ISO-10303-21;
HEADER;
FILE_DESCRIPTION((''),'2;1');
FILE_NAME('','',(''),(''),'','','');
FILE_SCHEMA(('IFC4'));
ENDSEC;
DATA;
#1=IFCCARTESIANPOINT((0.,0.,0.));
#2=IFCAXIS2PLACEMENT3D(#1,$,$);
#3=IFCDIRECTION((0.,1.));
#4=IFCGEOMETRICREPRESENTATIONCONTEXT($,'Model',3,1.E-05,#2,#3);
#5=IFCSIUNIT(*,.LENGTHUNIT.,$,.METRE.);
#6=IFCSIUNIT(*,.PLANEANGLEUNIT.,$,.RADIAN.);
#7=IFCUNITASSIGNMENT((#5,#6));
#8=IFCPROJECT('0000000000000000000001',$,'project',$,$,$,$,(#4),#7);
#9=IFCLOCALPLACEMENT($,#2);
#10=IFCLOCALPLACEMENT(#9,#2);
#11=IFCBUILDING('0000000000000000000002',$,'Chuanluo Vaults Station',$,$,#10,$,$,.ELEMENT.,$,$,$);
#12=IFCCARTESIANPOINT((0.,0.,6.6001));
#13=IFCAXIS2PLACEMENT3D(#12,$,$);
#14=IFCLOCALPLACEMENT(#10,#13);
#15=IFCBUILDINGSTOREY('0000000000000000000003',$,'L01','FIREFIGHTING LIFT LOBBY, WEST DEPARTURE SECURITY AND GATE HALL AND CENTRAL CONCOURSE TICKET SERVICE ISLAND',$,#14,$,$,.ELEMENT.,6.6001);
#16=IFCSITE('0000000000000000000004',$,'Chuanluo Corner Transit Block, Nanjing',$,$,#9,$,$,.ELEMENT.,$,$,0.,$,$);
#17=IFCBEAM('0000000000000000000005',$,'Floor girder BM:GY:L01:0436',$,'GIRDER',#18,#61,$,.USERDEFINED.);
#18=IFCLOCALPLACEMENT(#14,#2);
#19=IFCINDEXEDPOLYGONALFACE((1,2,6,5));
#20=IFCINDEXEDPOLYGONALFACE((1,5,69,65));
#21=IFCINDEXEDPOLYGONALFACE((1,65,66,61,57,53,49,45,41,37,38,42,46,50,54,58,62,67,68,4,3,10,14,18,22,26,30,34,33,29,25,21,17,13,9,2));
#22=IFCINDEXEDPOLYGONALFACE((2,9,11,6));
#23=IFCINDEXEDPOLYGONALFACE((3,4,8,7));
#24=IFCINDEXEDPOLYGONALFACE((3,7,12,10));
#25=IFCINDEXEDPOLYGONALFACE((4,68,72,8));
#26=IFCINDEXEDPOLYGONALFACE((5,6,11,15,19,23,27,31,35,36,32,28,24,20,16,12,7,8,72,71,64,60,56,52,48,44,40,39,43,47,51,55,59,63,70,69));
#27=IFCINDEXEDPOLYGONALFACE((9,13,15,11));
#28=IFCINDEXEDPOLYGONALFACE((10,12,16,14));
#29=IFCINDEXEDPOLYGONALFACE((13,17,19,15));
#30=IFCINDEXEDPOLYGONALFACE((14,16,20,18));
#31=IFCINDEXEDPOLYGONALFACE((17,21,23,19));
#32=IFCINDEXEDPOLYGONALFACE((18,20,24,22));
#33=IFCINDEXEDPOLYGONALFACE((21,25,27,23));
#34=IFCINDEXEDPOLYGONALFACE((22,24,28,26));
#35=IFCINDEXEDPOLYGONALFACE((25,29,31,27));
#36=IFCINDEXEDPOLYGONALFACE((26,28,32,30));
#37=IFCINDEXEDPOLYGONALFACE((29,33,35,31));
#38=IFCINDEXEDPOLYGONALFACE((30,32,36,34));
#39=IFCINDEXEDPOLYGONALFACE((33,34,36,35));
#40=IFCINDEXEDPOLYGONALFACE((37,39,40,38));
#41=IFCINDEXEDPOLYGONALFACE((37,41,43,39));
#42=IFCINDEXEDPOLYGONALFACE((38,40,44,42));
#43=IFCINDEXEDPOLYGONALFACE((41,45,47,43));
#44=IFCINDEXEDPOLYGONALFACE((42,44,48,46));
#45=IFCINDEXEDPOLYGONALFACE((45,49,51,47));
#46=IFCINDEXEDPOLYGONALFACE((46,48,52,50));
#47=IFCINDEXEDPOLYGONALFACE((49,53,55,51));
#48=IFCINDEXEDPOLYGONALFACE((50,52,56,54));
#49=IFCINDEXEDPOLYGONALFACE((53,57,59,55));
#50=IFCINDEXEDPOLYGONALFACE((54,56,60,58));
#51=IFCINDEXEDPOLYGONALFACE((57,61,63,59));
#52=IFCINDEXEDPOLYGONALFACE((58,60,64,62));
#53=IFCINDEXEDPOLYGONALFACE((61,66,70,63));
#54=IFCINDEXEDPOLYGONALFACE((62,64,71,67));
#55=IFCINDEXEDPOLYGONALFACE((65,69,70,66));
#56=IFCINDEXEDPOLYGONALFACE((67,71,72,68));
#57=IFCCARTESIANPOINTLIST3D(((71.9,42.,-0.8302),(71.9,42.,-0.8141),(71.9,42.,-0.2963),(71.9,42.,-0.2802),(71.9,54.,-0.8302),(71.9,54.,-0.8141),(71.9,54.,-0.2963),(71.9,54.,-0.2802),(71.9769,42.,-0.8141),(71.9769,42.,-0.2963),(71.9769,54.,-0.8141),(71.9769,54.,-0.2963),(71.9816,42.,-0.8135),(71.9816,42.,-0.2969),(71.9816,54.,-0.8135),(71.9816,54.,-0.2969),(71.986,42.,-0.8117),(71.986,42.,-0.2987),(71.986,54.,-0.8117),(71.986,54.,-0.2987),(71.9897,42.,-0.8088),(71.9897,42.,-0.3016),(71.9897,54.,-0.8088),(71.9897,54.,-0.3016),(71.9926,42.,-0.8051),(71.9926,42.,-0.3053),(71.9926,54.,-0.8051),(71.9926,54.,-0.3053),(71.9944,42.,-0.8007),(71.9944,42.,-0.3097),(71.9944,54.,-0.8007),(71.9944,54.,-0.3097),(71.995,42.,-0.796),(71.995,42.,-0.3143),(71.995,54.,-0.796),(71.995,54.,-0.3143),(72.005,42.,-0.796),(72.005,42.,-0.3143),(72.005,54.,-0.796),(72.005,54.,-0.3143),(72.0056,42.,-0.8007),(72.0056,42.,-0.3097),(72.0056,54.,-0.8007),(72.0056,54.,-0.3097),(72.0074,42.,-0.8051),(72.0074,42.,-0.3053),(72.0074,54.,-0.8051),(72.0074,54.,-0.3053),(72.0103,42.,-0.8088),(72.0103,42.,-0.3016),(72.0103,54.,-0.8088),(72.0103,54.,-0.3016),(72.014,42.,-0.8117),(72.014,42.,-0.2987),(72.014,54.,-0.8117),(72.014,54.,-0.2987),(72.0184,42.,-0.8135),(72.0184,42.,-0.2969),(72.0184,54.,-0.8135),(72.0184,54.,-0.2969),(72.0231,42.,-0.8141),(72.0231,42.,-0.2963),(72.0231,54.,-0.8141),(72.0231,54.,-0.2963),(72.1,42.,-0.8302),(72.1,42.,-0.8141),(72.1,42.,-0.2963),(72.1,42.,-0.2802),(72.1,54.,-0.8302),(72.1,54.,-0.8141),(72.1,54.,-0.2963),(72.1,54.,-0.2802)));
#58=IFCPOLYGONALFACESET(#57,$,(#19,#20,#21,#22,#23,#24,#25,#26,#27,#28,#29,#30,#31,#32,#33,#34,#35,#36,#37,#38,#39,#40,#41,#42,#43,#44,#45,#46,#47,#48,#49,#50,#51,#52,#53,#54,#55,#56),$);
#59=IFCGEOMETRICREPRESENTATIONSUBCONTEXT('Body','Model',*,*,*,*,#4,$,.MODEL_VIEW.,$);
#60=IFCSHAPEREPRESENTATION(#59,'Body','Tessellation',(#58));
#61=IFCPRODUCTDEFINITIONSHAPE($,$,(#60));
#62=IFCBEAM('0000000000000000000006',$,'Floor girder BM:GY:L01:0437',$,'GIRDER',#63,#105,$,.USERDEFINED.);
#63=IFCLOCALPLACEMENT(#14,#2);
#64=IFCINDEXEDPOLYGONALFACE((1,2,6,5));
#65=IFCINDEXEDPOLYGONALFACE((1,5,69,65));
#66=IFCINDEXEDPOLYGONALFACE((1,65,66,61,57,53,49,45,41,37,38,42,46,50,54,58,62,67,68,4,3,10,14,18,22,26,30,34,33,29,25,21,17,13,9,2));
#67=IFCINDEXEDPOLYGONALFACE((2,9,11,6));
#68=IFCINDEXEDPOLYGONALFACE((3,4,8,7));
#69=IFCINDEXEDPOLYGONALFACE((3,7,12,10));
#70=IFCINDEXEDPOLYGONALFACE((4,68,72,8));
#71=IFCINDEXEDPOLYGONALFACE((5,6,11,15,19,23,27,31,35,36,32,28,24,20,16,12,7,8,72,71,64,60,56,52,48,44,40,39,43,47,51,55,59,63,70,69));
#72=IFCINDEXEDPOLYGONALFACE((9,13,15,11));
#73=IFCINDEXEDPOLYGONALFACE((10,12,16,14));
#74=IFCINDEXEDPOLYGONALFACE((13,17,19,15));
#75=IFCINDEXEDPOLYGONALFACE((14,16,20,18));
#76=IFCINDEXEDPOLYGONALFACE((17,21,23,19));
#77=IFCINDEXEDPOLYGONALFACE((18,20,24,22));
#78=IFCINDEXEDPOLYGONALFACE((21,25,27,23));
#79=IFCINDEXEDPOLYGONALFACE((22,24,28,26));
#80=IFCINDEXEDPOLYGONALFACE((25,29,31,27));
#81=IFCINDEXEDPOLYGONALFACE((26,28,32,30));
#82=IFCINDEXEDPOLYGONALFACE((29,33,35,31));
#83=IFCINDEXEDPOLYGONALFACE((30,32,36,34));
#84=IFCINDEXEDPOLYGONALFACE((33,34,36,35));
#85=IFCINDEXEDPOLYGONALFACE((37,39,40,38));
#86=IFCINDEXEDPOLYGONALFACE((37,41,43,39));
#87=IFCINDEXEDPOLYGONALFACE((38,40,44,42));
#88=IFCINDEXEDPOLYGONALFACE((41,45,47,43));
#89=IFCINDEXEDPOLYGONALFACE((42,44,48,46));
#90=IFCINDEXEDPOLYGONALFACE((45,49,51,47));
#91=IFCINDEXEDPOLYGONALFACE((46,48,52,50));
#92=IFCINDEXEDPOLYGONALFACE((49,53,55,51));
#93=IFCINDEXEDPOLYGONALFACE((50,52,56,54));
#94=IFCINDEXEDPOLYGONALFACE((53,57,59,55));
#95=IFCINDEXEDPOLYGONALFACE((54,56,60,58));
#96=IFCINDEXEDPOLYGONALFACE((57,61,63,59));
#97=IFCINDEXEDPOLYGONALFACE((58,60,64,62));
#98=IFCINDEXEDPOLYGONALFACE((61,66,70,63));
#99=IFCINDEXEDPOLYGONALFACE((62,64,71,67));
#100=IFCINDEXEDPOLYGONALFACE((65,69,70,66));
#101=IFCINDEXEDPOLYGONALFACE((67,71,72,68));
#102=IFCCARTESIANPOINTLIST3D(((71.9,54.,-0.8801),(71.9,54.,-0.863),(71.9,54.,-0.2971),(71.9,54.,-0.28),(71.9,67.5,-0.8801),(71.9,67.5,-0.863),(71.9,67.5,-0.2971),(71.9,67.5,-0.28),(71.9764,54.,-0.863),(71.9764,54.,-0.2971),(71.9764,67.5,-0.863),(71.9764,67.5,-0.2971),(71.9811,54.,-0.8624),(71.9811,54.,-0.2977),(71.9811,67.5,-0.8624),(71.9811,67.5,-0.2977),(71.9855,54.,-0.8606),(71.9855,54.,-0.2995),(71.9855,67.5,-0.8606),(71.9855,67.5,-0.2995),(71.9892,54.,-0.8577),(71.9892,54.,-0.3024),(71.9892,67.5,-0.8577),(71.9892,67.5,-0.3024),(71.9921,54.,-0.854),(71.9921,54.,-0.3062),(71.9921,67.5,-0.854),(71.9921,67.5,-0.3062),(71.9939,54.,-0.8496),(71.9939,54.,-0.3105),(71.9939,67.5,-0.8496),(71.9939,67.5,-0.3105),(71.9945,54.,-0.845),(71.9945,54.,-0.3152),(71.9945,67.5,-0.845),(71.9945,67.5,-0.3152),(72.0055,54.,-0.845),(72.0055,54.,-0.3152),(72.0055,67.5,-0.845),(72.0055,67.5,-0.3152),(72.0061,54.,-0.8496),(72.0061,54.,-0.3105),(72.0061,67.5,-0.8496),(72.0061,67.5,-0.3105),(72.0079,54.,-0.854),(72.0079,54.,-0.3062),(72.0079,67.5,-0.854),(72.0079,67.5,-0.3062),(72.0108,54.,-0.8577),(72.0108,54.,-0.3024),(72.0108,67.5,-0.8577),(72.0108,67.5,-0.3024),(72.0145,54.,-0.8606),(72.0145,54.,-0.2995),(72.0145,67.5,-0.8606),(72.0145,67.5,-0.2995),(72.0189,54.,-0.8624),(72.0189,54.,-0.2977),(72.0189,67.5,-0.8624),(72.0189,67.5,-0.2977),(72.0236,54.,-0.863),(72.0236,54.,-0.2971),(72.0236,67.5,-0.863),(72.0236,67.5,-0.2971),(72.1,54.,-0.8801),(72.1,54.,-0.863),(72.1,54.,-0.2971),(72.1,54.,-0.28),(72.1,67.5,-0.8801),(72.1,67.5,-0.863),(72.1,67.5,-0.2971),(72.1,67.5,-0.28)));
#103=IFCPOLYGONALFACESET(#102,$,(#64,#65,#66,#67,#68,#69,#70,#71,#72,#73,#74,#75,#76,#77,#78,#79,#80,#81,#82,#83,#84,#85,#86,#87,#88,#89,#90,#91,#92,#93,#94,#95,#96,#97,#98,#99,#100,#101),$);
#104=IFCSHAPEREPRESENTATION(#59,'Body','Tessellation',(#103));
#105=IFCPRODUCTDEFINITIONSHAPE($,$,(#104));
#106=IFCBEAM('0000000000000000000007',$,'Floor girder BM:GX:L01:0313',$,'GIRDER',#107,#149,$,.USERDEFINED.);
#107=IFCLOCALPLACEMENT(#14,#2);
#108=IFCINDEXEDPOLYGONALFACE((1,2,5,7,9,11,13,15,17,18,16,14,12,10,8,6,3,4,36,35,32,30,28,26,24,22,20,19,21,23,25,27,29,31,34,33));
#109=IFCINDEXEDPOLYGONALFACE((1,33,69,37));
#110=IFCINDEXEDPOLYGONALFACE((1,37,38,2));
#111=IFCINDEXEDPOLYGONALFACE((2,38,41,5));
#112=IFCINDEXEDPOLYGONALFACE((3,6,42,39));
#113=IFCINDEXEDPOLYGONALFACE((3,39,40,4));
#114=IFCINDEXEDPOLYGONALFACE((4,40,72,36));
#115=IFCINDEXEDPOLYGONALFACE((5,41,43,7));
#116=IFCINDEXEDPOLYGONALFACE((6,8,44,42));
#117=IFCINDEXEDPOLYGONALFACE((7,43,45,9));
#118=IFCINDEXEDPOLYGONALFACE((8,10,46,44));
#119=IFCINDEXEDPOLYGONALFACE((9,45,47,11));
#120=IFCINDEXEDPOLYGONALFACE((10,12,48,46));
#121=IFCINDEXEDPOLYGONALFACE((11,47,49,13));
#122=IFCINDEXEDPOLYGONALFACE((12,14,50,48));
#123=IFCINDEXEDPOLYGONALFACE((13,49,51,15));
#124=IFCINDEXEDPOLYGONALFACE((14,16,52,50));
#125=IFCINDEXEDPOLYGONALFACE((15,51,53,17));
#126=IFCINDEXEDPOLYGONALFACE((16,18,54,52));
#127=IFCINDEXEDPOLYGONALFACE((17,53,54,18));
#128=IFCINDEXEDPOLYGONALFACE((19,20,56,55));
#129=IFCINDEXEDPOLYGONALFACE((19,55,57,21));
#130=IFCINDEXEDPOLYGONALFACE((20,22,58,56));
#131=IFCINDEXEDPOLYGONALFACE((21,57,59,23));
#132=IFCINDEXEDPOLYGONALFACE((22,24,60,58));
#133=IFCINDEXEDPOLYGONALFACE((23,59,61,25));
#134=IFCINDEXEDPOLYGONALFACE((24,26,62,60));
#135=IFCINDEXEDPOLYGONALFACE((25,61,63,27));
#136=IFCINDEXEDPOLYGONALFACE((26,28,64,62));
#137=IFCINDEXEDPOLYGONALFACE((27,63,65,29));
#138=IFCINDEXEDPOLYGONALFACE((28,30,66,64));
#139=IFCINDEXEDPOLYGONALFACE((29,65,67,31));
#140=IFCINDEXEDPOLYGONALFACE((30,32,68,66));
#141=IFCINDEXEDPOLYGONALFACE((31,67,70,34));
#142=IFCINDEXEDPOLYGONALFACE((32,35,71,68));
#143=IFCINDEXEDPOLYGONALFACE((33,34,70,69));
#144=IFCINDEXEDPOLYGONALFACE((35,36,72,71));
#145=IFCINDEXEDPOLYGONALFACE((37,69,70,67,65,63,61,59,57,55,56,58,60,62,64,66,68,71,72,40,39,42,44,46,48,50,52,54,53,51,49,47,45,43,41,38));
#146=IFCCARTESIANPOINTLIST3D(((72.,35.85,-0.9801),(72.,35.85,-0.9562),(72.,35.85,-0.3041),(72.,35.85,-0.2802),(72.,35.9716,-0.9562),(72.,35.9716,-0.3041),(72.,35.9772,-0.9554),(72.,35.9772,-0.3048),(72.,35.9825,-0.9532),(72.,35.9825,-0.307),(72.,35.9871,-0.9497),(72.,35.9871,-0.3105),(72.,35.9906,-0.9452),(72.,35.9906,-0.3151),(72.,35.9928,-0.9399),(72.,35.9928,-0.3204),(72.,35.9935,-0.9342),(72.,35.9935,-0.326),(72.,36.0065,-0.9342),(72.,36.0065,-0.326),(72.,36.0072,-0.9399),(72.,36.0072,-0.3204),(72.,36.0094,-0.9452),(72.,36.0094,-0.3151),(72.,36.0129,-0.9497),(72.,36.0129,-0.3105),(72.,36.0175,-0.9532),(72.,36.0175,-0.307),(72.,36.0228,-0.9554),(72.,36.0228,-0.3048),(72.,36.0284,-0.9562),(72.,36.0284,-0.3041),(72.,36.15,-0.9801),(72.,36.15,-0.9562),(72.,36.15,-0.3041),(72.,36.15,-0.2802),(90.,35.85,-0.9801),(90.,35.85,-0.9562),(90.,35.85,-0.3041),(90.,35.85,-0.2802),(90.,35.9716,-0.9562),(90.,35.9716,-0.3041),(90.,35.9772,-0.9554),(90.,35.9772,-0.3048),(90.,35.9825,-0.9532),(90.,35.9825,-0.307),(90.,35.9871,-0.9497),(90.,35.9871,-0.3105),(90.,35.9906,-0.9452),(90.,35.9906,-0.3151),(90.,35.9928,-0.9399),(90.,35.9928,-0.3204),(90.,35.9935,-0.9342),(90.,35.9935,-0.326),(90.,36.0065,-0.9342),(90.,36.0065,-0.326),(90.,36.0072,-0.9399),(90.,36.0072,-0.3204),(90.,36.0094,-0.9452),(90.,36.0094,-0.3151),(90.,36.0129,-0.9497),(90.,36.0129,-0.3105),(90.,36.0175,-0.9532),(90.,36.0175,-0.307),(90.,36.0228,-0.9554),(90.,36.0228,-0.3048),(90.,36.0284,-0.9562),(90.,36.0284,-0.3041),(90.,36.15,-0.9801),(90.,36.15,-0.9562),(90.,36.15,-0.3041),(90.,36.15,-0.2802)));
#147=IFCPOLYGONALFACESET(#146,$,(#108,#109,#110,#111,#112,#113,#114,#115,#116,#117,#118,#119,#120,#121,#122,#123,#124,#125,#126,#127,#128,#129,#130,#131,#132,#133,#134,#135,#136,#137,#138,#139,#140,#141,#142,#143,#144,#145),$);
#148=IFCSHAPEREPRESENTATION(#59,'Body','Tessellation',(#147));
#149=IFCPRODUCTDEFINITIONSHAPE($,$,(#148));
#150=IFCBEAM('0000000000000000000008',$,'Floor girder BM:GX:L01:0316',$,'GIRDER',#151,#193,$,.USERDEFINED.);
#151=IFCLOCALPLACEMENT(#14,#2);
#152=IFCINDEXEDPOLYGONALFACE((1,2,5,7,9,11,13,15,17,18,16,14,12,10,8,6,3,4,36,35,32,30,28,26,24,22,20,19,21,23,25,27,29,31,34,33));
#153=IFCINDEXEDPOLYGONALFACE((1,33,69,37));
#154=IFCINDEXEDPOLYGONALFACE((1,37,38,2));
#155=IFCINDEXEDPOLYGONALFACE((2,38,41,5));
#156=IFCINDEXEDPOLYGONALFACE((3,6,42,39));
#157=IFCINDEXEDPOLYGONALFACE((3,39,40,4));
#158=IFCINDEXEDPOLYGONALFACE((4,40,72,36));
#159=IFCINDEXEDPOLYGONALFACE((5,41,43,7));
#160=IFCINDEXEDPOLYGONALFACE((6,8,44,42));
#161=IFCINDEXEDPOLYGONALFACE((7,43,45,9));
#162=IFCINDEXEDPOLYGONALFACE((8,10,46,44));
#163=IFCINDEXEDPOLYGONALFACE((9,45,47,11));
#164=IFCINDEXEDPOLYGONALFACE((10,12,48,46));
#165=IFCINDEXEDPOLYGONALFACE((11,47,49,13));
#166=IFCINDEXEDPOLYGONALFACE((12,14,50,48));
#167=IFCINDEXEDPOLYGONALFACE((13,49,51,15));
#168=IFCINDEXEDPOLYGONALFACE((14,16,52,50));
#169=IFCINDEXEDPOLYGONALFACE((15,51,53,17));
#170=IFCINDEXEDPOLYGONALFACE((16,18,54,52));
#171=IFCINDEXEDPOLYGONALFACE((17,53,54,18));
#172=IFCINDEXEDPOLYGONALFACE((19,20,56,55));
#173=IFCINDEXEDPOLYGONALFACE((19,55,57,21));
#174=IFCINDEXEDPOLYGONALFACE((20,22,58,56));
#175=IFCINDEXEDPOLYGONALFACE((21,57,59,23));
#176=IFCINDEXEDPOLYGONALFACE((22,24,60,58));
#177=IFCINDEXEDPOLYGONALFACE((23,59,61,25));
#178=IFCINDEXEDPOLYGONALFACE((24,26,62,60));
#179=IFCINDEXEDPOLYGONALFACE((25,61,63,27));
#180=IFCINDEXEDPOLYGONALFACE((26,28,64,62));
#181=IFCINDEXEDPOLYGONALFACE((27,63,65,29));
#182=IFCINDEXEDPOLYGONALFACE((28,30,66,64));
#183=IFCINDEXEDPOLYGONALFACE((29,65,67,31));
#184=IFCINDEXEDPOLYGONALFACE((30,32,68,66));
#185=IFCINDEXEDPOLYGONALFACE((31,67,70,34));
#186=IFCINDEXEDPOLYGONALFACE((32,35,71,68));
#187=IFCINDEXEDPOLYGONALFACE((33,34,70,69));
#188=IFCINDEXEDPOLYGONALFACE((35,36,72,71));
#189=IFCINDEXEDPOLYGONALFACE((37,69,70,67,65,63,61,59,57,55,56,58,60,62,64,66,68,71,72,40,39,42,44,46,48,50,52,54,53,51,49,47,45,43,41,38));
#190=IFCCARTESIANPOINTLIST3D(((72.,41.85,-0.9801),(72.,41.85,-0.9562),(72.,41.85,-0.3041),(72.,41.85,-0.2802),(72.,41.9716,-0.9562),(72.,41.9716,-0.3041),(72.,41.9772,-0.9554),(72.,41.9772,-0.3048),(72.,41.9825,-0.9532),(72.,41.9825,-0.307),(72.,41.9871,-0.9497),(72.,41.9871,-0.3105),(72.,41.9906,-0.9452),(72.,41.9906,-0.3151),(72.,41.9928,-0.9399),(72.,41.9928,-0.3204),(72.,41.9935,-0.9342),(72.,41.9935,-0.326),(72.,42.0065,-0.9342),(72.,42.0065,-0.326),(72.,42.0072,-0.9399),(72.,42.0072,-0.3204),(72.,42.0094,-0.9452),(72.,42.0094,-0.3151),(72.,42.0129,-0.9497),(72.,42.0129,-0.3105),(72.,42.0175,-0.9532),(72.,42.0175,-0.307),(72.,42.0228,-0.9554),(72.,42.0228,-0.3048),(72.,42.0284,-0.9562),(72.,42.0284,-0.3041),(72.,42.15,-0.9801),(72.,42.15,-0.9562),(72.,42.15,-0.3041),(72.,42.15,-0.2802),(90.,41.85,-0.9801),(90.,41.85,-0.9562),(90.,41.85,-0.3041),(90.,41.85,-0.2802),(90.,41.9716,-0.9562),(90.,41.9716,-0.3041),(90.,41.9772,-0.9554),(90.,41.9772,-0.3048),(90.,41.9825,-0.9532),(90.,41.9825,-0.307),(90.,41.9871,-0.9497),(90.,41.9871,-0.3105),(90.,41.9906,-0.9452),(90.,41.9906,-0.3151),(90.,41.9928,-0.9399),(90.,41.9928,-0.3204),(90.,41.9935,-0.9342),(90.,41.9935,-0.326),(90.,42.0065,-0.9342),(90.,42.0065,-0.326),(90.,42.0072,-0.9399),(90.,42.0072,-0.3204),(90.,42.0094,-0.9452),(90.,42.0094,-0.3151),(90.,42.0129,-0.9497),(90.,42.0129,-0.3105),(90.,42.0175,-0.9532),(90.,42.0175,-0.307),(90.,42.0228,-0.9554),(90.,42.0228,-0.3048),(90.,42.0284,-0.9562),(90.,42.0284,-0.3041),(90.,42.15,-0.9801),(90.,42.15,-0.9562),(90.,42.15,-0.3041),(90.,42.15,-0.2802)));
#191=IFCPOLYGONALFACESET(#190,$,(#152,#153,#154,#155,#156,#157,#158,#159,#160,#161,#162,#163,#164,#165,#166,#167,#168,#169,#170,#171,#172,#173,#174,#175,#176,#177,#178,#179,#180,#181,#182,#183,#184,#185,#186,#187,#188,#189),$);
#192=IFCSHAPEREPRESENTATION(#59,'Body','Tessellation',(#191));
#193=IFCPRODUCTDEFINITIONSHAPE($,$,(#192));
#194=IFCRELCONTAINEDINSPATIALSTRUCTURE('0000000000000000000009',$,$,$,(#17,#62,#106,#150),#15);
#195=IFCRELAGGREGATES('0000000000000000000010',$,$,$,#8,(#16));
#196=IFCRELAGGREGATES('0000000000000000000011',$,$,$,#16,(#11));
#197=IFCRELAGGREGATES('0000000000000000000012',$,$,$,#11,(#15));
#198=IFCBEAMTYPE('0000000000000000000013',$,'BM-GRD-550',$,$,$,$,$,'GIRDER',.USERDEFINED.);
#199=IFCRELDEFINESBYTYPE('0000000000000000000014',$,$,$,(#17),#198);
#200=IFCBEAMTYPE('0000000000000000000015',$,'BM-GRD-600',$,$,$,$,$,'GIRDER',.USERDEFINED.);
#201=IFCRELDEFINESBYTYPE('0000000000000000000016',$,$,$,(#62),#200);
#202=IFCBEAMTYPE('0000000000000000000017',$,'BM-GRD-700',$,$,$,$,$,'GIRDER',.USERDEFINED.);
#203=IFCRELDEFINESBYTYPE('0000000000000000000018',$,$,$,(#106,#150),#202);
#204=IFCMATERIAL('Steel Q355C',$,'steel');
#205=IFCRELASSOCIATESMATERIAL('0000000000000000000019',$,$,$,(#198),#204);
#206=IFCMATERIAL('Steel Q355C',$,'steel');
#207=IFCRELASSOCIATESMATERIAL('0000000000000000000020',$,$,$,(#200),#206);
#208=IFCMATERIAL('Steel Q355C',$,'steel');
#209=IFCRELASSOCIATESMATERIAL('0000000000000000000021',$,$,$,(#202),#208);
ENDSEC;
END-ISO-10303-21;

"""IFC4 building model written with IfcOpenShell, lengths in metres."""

from ifc_helpers import new_model, si_unit, direction, frame, origin, origin_2d, place, context, subcontext, project, spatial, i_section, extrude, material, material_profile, profile_set, type_object, element, save


model = new_model("IFC4")

# Units and contexts
model_context = context("Model", 3, precision=1e-05, world=origin(), true_north=direction((0.0, 1.0)))
body_context = subcontext(model_context, "Body", "Model", "MODEL_VIEW")
ifc_project = project(units=[si_unit("LENGTHUNIT", "METRE"), si_unit("PLANEANGLEUNIT", "RADIAN")], contexts=[model_context])

# Site, building, storey
site_placement = place(None, origin())
site = spatial("IfcSite", under=ifc_project, at=site_placement, Name="Chuanluo Corner Transit Block, Nanjing", CompositionType="ELEMENT", RefElevation=0.0)
building_placement = place(site_placement, origin())
building = spatial("IfcBuilding", under=site, at=building_placement, Name="Chuanluo Vaults Station", CompositionType="ELEMENT")
storey_placement = place(building_placement, frame((0.0, 0.0, 6.6001)))
storey = spatial("IfcBuildingStorey", under=building, at=storey_placement, Name="L01", Description="FIREFIGHTING LIFT LOBBY, WEST DEPARTURE SECURITY AND GATE HALL AND CENTRAL CONCOURSE TICKET SERVICE ISLAND", CompositionType="ELEMENT", Elevation=6.6001)

# Beams
ifc_material_1 = material(Name="Steel Q355C", Category="steel")
ifc_material_profile_1 = material_profile(ifc_material_1, i_section(OverallWidth=0.2, OverallDepth=0.55, WebThickness=0.01, FlangeThickness=0.0161, FilletRadius=0.0181, at=origin_2d()))
ifc_profile_set_1 = profile_set([ifc_material_profile_1], Name="Steel Q355C")
beam_type_1 = type_object("IfcBeamType", Name="BM-GRD-550", ElementType="GIRDER", PredefinedType="USERDEFINED", material=ifc_profile_set_1)
beam_1_placement = place(storey_placement, frame((72.0, 42.0, -0.5552), z_axis=(0.0, 1.0, 0.0), x_axis=(-1.0, 0.0, 0.0)))
element("IfcBeam", 1, at=beam_1_placement, inside=storey, type_object=beam_type_1, Name="Floor girder BM:GY:L01:0436", ObjectType="GIRDER", PredefinedType="USERDEFINED", context=body_context, shape_type="SweptSolid", body=[
    extrude(i_section(OverallWidth=0.2, OverallDepth=0.55, WebThickness=0.01, FlangeThickness=0.0161, FilletRadius=0.0181, at=origin_2d()), origin(), (0.0, 0.0, 1.0), 12.0),
])
ifc_material_2 = material(Name="Steel Q355C", Category="steel")
ifc_material_profile_2 = material_profile(ifc_material_2, i_section(OverallWidth=0.2, OverallDepth=0.6001, WebThickness=0.011, FlangeThickness=0.0171, FilletRadius=0.0181, at=origin_2d()))
ifc_profile_set_2 = profile_set([ifc_material_profile_2], Name="Steel Q355C")
beam_type_2 = type_object("IfcBeamType", Name="BM-GRD-600", ElementType="GIRDER", PredefinedType="USERDEFINED", material=ifc_profile_set_2)
beam_2_placement = place(storey_placement, frame((72.0, 54.0, -0.5801), z_axis=(0.0, 1.0, 0.0), x_axis=(-1.0, 0.0, 0.0)))
element("IfcBeam", 2, at=beam_2_placement, inside=storey, type_object=beam_type_2, Name="Floor girder BM:GY:L01:0437", ObjectType="GIRDER", PredefinedType="USERDEFINED", context=body_context, shape_type="SweptSolid", body=[
    extrude(i_section(OverallWidth=0.2, OverallDepth=0.6001, WebThickness=0.011, FlangeThickness=0.0171, FilletRadius=0.0181, at=origin_2d()), origin(), (0.0, 0.0, 1.0), 13.5),
])
ifc_material_3 = material(Name="Steel Q355C", Category="steel")
ifc_material_profile_3 = material_profile(ifc_material_3, i_section(OverallWidth=0.3, OverallDepth=0.7, WebThickness=0.0129, FlangeThickness=0.0239, FilletRadius=0.022, at=origin_2d()))
ifc_profile_set_3 = profile_set([ifc_material_profile_3], Name="Steel Q355C")
beam_type_3 = type_object("IfcBeamType", Name="BM-GRD-700", ElementType="GIRDER", PredefinedType="USERDEFINED", material=ifc_profile_set_3)
for number, where, z_axis, x_axis, name in (
    (3, (72.0, 36.0, -0.6301), (1.0, 0.0, 0.0), (0.0, 1.0, 0.0), "Floor girder BM:GX:L01:0313"),
    (4, (72.0, 42.0, -0.6301), (1.0, 0.0, 0.0), (0.0, 1.0, 0.0), "Floor girder BM:GX:L01:0316"),
):
    element("IfcBeam", number, at=place(storey_placement, frame(where, z_axis=z_axis, x_axis=x_axis)), inside=storey, type_object=beam_type_3, Name=name, ObjectType="GIRDER", PredefinedType="USERDEFINED", context=body_context, shape_type="SweptSolid", body=[
        extrude(i_section(OverallWidth=0.3, OverallDepth=0.7, WebThickness=0.0129, FlangeThickness=0.0239, FilletRadius=0.022, at=origin_2d()), origin(), (0.0, 0.0, 1.0), 18.0),
    ])

save(model, "model.ifc")
